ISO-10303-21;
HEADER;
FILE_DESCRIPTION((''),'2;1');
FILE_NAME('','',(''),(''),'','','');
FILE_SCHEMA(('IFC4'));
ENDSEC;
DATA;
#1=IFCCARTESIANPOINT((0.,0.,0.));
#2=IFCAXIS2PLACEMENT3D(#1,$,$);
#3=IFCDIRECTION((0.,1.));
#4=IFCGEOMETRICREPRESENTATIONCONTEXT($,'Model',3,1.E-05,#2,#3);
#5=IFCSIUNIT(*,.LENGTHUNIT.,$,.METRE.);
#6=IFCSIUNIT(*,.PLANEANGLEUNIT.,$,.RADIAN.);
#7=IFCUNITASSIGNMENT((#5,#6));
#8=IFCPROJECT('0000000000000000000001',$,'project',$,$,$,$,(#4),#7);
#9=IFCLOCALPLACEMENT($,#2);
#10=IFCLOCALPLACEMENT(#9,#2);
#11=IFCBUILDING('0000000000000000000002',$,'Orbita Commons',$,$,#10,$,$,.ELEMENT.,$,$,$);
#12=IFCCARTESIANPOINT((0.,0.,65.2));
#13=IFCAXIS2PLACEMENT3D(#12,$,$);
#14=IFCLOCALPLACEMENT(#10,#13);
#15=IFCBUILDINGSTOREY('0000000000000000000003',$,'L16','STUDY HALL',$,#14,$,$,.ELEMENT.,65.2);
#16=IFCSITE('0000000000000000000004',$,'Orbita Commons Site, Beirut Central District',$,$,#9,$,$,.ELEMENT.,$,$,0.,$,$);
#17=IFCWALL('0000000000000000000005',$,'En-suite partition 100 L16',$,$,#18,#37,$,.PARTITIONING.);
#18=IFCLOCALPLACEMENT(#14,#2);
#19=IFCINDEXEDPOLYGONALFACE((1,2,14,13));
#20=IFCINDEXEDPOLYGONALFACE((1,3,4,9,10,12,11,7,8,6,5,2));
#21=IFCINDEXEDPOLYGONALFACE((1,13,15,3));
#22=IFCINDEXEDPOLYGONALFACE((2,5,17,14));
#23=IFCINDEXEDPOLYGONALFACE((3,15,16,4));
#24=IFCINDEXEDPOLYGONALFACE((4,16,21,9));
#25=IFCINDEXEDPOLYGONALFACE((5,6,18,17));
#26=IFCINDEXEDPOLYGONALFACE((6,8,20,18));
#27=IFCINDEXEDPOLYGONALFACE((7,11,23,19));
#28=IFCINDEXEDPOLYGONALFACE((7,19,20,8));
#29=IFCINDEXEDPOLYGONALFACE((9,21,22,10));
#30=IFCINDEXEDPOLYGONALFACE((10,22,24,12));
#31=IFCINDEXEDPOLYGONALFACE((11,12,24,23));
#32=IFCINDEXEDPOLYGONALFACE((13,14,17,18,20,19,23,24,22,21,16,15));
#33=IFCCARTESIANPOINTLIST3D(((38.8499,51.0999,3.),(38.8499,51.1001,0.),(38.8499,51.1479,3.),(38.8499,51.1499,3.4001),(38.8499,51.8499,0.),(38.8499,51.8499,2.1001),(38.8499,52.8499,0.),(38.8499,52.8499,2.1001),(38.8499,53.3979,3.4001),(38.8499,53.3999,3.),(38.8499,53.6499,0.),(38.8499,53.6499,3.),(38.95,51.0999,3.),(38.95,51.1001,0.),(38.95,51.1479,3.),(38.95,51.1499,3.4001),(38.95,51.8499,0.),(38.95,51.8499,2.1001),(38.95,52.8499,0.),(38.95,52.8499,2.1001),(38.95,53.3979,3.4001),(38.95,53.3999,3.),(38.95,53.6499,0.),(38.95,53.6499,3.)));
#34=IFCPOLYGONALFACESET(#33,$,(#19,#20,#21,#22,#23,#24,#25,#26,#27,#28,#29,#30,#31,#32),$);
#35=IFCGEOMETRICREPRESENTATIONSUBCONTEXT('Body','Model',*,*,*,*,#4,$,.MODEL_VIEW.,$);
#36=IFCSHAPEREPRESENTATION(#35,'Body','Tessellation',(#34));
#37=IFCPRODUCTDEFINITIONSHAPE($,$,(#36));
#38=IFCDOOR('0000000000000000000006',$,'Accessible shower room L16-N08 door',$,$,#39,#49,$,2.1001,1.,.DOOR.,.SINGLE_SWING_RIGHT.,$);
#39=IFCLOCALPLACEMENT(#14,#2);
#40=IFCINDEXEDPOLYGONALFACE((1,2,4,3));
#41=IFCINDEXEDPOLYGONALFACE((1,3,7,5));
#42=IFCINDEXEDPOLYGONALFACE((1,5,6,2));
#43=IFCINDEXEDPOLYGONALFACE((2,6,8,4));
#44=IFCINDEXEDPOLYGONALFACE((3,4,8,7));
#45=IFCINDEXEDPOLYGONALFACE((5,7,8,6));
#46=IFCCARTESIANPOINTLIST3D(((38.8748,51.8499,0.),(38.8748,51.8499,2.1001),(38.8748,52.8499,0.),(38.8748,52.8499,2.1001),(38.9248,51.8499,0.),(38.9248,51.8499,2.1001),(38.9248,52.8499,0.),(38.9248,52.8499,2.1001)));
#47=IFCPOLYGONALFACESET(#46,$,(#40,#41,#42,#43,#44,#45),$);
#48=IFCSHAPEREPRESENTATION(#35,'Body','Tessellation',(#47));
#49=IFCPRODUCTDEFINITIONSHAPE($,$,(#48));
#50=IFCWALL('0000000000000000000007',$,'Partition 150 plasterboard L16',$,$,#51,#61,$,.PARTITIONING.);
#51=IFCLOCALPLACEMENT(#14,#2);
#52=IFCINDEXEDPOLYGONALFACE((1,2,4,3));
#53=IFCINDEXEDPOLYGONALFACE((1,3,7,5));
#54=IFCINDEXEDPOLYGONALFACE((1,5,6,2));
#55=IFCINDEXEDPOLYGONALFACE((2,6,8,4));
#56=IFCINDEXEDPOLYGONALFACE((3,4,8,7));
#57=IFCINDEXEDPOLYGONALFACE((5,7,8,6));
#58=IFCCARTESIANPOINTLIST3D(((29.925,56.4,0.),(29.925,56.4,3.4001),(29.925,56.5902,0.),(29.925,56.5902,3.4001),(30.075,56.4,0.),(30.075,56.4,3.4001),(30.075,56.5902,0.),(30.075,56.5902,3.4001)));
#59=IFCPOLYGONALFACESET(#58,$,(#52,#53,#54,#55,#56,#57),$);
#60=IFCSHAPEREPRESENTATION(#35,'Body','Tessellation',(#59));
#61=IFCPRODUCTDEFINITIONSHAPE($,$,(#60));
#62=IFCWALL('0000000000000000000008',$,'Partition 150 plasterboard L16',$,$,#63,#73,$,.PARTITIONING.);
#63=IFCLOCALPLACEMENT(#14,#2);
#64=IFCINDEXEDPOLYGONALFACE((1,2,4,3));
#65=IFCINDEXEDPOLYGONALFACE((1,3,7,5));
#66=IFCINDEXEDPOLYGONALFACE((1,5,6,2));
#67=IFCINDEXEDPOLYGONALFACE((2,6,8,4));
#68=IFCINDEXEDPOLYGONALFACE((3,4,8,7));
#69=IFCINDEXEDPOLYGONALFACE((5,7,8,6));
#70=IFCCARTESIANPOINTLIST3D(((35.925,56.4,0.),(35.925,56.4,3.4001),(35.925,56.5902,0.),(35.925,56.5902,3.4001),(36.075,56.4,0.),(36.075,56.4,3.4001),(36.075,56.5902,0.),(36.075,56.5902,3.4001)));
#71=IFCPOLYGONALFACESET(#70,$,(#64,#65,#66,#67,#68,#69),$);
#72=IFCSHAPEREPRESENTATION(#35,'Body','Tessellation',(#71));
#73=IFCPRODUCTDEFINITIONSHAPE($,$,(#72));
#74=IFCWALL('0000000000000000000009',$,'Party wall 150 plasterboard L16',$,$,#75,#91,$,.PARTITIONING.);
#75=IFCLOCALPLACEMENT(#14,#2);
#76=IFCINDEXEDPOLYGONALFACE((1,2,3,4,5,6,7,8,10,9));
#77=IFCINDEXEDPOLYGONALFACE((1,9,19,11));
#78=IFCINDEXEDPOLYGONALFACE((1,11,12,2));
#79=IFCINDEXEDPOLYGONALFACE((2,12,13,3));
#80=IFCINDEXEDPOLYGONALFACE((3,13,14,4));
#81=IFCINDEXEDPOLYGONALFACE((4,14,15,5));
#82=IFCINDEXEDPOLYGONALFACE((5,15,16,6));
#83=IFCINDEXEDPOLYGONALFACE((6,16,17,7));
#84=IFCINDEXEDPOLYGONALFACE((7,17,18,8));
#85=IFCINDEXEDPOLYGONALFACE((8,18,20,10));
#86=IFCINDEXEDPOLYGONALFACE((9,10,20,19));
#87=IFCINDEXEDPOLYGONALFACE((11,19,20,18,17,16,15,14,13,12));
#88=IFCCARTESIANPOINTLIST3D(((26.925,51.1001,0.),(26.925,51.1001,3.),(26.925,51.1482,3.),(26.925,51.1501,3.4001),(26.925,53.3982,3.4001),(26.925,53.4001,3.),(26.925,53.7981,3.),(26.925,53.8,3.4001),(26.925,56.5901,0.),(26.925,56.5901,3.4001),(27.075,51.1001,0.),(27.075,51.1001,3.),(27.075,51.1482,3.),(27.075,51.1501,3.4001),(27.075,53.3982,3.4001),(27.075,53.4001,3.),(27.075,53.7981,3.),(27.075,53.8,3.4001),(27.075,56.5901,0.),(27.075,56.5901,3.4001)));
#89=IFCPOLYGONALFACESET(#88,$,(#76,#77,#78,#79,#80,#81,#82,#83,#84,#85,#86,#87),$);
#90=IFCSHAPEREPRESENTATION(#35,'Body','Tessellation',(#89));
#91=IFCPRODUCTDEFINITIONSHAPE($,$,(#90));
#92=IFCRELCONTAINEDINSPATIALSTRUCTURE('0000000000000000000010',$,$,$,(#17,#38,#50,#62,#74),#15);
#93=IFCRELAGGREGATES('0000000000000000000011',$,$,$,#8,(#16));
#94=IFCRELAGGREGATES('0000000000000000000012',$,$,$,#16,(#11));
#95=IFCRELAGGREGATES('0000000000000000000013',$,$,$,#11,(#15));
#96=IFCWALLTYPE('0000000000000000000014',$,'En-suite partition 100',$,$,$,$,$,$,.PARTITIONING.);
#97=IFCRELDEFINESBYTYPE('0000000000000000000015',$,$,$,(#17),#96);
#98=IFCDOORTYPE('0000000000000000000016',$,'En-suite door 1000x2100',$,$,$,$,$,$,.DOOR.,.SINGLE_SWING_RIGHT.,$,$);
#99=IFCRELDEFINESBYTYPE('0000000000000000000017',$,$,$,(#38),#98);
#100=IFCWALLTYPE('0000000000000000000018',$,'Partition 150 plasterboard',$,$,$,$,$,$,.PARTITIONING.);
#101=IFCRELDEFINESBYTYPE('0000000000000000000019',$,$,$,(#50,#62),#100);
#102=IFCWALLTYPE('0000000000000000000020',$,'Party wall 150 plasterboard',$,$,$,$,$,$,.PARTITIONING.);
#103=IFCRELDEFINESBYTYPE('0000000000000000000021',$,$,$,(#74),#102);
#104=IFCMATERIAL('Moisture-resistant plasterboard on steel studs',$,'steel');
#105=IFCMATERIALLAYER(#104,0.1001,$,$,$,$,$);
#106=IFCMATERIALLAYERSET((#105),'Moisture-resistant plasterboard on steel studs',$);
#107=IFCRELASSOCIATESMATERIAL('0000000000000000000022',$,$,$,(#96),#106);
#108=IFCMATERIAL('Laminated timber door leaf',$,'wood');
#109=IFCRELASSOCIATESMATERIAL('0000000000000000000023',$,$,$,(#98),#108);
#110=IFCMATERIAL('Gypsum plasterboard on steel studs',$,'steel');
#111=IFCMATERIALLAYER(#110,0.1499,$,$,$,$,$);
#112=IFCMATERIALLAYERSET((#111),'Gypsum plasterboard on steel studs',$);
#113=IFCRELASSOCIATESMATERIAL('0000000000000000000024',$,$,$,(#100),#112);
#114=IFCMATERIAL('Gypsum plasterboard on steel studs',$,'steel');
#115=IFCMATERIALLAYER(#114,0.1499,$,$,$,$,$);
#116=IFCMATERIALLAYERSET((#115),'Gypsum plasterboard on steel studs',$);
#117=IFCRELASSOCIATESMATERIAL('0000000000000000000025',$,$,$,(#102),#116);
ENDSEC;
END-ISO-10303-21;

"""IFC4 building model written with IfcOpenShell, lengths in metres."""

from ifc_helpers import new_model, si_unit, direction, frame, frame_2d, origin, place, context, subcontext, project, spatial, polyline, rectangle, outline, extrude, material, layer, layer_set, type_object, element, fill, save


model = new_model("IFC4")

# Units and contexts
model_context = context("Model", 3, precision=1e-05, world=origin(), true_north=direction((0.0, 1.0)))
body_context = subcontext(model_context, "Body", "Model", "MODEL_VIEW")
ifc_project = project(units=[si_unit("LENGTHUNIT", "METRE"), si_unit("PLANEANGLEUNIT", "RADIAN")], contexts=[model_context])

# Site, building, storey
site_placement = place(None, origin())
site = spatial("IfcSite", under=ifc_project, at=site_placement, Name="Orbita Commons Site, Beirut Central District", CompositionType="ELEMENT", RefElevation=0.0)
building_placement = place(site_placement, origin())
building = spatial("IfcBuilding", under=site, at=building_placement, Name="Orbita Commons", CompositionType="ELEMENT")
storey_placement = place(building_placement, frame((0.0, 0.0, 65.2)))
storey = spatial("IfcBuildingStorey", under=building, at=storey_placement, Name="L16", Description="STUDY HALL", CompositionType="ELEMENT", Elevation=65.2)

# Shared definitions
ifc_material_1 = material(Name="Moisture-resistant plasterboard on steel studs", Category="steel")
ifc_layer_1 = layer(ifc_material_1, 0.1001)
ifc_layer_set_1 = layer_set([ifc_layer_1], Name="Moisture-resistant plasterboard on steel studs")
wall_type_1 = type_object("IfcWallType", Name="En-suite partition 100", PredefinedType="PARTITIONING", material=ifc_layer_set_1)

# Wall, opening, door
wall_1_placement = place(storey_placement, frame((38.8999, 53.6499, 0.0), z_axis=(0.0, 0.0, 1.0), x_axis=(0.0, -1.0, 0.0)))
wall_1 = element("IfcWall", 1, at=wall_1_placement, inside=storey, type_object=wall_type_1, Name="En-suite partition 100 L16", PredefinedType="PARTITIONING", context=body_context, shape_type="SweptSolid", body=[
    extrude(outline(polyline([(0.0, 0.0), (2.5498, 0.0), (2.55, 3.0), (2.502, 3.0), (2.5, 3.4001), (0.252, 3.4001), (0.25, 3.0), (0.0, 3.0), (0.0, 0.0)])), frame((0.0, 0.05, 0.0), z_axis=(0.0, -1.0, 0.0), x_axis=(1.0, 0.0, 0.0)), (0.0, 0.0, 1.0), 0.1001),
])
opening_1_placement = place(wall_1_placement, frame((0.8, 0.0, 0.0)))
opening_1 = element("IfcOpeningElement", 2, at=opening_1_placement, cuts=wall_1, PredefinedType="OPENING", context=body_context, shape_type="SweptSolid", body=[
    extrude(rectangle(XDim=1.0, YDim=2.1001, at=frame_2d((0.5, 1.05))), frame((0.0, 0.0601, 0.0), z_axis=(0.0, -1.0, 0.0), x_axis=(1.0, 0.0, 0.0)), (0.0, 0.0, 1.0), 0.1201),
])
ifc_material_2 = material(Name="Laminated timber door leaf", Category="wood")
door_type_1 = type_object("IfcDoorType", Name="En-suite door 1000x2100", OperationType="SINGLE_SWING_RIGHT", PredefinedType="DOOR", material=ifc_material_2)
door_1_placement = place(opening_1_placement, origin())
door_1 = element("IfcDoor", 3, at=door_1_placement, inside=storey, type_object=door_type_1, Name="Accessible shower room L16-N08 door", OperationType="SINGLE_SWING_RIGHT", OverallHeight=2.1001, OverallWidth=1.0, PredefinedType="DOOR", context=body_context, shape_type="SweptSolid", body=[
    extrude(rectangle(XDim=1.0, YDim=2.1001, at=frame_2d((0.5, 1.05))), frame((0.0, 0.0249, 0.0), z_axis=(0.0, -1.0, 0.0), x_axis=(1.0, 0.0, 0.0)), (0.0, 0.0, 1.0), 0.05),
])
fill(opening_1, door_1)

# Walls
ifc_material_3 = material(Name="Gypsum plasterboard on steel studs", Category="steel")
ifc_layer_2 = layer(ifc_material_3, 0.1499)
ifc_layer_set_2 = layer_set([ifc_layer_2], Name="Gypsum plasterboard on steel studs")
wall_type_2 = type_object("IfcWallType", Name="Partition 150 plasterboard", PredefinedType="PARTITIONING", material=ifc_layer_set_2)
for number, where, z_axis, x_axis, name in (
    (4, (30.0, 56.3999, 0.0), (0.0, 0.0, 1.0), (0.0, 1.0, 0.0), "Partition 150 plasterboard L16"),
    (5, (36.0, 56.3999, 0.0), (0.0, 0.0, 1.0), (0.0, 1.0, 0.0), "Partition 150 plasterboard L16"),
):
    element("IfcWall", number, at=place(storey_placement, frame(where, z_axis=z_axis, x_axis=x_axis)), inside=storey, type_object=wall_type_2, Name=name, PredefinedType="PARTITIONING", context=body_context, shape_type="SweptSolid", body=[
        extrude(rectangle(XDim=0.1902, YDim=0.1499, at=frame_2d((0.0952, 0.0))), origin(), (0.0, 0.0, 1.0), 3.4001),
    ])
ifc_material_4 = material(Name="Gypsum plasterboard on steel studs", Category="steel")
ifc_layer_3 = layer(ifc_material_4, 0.1499)
ifc_layer_set_3 = layer_set([ifc_layer_3], Name="Gypsum plasterboard on steel studs")
wall_type_3 = type_object("IfcWallType", Name="Party wall 150 plasterboard", PredefinedType="PARTITIONING", material=ifc_layer_set_3)
wall_2_placement = place(storey_placement, frame((27.0, 56.5901, 0.0), z_axis=(0.0, 0.0, 1.0), x_axis=(0.0, -1.0, 0.0)))
element("IfcWall", 6, at=wall_2_placement, inside=storey, type_object=wall_type_3, Name="Party wall 150 plasterboard L16", PredefinedType="PARTITIONING", context=body_context, shape_type="SweptSolid", body=[
    extrude(outline(polyline([(0.0, 0.0), (5.49, 0.0), (5.49, 3.0), (5.4419, 3.0), (5.4399, 3.4001), (3.1919, 3.4001), (3.1899, 3.0), (2.792, 3.0), (2.79, 3.4001), (0.0, 3.4001), (0.0, 0.0)])), frame((0.0, 0.075, 0.0), z_axis=(0.0, -1.0, 0.0), x_axis=(1.0, 0.0, 0.0)), (0.0, 0.0, 1.0), 0.1499),
])

save(model, "model.ifc")
